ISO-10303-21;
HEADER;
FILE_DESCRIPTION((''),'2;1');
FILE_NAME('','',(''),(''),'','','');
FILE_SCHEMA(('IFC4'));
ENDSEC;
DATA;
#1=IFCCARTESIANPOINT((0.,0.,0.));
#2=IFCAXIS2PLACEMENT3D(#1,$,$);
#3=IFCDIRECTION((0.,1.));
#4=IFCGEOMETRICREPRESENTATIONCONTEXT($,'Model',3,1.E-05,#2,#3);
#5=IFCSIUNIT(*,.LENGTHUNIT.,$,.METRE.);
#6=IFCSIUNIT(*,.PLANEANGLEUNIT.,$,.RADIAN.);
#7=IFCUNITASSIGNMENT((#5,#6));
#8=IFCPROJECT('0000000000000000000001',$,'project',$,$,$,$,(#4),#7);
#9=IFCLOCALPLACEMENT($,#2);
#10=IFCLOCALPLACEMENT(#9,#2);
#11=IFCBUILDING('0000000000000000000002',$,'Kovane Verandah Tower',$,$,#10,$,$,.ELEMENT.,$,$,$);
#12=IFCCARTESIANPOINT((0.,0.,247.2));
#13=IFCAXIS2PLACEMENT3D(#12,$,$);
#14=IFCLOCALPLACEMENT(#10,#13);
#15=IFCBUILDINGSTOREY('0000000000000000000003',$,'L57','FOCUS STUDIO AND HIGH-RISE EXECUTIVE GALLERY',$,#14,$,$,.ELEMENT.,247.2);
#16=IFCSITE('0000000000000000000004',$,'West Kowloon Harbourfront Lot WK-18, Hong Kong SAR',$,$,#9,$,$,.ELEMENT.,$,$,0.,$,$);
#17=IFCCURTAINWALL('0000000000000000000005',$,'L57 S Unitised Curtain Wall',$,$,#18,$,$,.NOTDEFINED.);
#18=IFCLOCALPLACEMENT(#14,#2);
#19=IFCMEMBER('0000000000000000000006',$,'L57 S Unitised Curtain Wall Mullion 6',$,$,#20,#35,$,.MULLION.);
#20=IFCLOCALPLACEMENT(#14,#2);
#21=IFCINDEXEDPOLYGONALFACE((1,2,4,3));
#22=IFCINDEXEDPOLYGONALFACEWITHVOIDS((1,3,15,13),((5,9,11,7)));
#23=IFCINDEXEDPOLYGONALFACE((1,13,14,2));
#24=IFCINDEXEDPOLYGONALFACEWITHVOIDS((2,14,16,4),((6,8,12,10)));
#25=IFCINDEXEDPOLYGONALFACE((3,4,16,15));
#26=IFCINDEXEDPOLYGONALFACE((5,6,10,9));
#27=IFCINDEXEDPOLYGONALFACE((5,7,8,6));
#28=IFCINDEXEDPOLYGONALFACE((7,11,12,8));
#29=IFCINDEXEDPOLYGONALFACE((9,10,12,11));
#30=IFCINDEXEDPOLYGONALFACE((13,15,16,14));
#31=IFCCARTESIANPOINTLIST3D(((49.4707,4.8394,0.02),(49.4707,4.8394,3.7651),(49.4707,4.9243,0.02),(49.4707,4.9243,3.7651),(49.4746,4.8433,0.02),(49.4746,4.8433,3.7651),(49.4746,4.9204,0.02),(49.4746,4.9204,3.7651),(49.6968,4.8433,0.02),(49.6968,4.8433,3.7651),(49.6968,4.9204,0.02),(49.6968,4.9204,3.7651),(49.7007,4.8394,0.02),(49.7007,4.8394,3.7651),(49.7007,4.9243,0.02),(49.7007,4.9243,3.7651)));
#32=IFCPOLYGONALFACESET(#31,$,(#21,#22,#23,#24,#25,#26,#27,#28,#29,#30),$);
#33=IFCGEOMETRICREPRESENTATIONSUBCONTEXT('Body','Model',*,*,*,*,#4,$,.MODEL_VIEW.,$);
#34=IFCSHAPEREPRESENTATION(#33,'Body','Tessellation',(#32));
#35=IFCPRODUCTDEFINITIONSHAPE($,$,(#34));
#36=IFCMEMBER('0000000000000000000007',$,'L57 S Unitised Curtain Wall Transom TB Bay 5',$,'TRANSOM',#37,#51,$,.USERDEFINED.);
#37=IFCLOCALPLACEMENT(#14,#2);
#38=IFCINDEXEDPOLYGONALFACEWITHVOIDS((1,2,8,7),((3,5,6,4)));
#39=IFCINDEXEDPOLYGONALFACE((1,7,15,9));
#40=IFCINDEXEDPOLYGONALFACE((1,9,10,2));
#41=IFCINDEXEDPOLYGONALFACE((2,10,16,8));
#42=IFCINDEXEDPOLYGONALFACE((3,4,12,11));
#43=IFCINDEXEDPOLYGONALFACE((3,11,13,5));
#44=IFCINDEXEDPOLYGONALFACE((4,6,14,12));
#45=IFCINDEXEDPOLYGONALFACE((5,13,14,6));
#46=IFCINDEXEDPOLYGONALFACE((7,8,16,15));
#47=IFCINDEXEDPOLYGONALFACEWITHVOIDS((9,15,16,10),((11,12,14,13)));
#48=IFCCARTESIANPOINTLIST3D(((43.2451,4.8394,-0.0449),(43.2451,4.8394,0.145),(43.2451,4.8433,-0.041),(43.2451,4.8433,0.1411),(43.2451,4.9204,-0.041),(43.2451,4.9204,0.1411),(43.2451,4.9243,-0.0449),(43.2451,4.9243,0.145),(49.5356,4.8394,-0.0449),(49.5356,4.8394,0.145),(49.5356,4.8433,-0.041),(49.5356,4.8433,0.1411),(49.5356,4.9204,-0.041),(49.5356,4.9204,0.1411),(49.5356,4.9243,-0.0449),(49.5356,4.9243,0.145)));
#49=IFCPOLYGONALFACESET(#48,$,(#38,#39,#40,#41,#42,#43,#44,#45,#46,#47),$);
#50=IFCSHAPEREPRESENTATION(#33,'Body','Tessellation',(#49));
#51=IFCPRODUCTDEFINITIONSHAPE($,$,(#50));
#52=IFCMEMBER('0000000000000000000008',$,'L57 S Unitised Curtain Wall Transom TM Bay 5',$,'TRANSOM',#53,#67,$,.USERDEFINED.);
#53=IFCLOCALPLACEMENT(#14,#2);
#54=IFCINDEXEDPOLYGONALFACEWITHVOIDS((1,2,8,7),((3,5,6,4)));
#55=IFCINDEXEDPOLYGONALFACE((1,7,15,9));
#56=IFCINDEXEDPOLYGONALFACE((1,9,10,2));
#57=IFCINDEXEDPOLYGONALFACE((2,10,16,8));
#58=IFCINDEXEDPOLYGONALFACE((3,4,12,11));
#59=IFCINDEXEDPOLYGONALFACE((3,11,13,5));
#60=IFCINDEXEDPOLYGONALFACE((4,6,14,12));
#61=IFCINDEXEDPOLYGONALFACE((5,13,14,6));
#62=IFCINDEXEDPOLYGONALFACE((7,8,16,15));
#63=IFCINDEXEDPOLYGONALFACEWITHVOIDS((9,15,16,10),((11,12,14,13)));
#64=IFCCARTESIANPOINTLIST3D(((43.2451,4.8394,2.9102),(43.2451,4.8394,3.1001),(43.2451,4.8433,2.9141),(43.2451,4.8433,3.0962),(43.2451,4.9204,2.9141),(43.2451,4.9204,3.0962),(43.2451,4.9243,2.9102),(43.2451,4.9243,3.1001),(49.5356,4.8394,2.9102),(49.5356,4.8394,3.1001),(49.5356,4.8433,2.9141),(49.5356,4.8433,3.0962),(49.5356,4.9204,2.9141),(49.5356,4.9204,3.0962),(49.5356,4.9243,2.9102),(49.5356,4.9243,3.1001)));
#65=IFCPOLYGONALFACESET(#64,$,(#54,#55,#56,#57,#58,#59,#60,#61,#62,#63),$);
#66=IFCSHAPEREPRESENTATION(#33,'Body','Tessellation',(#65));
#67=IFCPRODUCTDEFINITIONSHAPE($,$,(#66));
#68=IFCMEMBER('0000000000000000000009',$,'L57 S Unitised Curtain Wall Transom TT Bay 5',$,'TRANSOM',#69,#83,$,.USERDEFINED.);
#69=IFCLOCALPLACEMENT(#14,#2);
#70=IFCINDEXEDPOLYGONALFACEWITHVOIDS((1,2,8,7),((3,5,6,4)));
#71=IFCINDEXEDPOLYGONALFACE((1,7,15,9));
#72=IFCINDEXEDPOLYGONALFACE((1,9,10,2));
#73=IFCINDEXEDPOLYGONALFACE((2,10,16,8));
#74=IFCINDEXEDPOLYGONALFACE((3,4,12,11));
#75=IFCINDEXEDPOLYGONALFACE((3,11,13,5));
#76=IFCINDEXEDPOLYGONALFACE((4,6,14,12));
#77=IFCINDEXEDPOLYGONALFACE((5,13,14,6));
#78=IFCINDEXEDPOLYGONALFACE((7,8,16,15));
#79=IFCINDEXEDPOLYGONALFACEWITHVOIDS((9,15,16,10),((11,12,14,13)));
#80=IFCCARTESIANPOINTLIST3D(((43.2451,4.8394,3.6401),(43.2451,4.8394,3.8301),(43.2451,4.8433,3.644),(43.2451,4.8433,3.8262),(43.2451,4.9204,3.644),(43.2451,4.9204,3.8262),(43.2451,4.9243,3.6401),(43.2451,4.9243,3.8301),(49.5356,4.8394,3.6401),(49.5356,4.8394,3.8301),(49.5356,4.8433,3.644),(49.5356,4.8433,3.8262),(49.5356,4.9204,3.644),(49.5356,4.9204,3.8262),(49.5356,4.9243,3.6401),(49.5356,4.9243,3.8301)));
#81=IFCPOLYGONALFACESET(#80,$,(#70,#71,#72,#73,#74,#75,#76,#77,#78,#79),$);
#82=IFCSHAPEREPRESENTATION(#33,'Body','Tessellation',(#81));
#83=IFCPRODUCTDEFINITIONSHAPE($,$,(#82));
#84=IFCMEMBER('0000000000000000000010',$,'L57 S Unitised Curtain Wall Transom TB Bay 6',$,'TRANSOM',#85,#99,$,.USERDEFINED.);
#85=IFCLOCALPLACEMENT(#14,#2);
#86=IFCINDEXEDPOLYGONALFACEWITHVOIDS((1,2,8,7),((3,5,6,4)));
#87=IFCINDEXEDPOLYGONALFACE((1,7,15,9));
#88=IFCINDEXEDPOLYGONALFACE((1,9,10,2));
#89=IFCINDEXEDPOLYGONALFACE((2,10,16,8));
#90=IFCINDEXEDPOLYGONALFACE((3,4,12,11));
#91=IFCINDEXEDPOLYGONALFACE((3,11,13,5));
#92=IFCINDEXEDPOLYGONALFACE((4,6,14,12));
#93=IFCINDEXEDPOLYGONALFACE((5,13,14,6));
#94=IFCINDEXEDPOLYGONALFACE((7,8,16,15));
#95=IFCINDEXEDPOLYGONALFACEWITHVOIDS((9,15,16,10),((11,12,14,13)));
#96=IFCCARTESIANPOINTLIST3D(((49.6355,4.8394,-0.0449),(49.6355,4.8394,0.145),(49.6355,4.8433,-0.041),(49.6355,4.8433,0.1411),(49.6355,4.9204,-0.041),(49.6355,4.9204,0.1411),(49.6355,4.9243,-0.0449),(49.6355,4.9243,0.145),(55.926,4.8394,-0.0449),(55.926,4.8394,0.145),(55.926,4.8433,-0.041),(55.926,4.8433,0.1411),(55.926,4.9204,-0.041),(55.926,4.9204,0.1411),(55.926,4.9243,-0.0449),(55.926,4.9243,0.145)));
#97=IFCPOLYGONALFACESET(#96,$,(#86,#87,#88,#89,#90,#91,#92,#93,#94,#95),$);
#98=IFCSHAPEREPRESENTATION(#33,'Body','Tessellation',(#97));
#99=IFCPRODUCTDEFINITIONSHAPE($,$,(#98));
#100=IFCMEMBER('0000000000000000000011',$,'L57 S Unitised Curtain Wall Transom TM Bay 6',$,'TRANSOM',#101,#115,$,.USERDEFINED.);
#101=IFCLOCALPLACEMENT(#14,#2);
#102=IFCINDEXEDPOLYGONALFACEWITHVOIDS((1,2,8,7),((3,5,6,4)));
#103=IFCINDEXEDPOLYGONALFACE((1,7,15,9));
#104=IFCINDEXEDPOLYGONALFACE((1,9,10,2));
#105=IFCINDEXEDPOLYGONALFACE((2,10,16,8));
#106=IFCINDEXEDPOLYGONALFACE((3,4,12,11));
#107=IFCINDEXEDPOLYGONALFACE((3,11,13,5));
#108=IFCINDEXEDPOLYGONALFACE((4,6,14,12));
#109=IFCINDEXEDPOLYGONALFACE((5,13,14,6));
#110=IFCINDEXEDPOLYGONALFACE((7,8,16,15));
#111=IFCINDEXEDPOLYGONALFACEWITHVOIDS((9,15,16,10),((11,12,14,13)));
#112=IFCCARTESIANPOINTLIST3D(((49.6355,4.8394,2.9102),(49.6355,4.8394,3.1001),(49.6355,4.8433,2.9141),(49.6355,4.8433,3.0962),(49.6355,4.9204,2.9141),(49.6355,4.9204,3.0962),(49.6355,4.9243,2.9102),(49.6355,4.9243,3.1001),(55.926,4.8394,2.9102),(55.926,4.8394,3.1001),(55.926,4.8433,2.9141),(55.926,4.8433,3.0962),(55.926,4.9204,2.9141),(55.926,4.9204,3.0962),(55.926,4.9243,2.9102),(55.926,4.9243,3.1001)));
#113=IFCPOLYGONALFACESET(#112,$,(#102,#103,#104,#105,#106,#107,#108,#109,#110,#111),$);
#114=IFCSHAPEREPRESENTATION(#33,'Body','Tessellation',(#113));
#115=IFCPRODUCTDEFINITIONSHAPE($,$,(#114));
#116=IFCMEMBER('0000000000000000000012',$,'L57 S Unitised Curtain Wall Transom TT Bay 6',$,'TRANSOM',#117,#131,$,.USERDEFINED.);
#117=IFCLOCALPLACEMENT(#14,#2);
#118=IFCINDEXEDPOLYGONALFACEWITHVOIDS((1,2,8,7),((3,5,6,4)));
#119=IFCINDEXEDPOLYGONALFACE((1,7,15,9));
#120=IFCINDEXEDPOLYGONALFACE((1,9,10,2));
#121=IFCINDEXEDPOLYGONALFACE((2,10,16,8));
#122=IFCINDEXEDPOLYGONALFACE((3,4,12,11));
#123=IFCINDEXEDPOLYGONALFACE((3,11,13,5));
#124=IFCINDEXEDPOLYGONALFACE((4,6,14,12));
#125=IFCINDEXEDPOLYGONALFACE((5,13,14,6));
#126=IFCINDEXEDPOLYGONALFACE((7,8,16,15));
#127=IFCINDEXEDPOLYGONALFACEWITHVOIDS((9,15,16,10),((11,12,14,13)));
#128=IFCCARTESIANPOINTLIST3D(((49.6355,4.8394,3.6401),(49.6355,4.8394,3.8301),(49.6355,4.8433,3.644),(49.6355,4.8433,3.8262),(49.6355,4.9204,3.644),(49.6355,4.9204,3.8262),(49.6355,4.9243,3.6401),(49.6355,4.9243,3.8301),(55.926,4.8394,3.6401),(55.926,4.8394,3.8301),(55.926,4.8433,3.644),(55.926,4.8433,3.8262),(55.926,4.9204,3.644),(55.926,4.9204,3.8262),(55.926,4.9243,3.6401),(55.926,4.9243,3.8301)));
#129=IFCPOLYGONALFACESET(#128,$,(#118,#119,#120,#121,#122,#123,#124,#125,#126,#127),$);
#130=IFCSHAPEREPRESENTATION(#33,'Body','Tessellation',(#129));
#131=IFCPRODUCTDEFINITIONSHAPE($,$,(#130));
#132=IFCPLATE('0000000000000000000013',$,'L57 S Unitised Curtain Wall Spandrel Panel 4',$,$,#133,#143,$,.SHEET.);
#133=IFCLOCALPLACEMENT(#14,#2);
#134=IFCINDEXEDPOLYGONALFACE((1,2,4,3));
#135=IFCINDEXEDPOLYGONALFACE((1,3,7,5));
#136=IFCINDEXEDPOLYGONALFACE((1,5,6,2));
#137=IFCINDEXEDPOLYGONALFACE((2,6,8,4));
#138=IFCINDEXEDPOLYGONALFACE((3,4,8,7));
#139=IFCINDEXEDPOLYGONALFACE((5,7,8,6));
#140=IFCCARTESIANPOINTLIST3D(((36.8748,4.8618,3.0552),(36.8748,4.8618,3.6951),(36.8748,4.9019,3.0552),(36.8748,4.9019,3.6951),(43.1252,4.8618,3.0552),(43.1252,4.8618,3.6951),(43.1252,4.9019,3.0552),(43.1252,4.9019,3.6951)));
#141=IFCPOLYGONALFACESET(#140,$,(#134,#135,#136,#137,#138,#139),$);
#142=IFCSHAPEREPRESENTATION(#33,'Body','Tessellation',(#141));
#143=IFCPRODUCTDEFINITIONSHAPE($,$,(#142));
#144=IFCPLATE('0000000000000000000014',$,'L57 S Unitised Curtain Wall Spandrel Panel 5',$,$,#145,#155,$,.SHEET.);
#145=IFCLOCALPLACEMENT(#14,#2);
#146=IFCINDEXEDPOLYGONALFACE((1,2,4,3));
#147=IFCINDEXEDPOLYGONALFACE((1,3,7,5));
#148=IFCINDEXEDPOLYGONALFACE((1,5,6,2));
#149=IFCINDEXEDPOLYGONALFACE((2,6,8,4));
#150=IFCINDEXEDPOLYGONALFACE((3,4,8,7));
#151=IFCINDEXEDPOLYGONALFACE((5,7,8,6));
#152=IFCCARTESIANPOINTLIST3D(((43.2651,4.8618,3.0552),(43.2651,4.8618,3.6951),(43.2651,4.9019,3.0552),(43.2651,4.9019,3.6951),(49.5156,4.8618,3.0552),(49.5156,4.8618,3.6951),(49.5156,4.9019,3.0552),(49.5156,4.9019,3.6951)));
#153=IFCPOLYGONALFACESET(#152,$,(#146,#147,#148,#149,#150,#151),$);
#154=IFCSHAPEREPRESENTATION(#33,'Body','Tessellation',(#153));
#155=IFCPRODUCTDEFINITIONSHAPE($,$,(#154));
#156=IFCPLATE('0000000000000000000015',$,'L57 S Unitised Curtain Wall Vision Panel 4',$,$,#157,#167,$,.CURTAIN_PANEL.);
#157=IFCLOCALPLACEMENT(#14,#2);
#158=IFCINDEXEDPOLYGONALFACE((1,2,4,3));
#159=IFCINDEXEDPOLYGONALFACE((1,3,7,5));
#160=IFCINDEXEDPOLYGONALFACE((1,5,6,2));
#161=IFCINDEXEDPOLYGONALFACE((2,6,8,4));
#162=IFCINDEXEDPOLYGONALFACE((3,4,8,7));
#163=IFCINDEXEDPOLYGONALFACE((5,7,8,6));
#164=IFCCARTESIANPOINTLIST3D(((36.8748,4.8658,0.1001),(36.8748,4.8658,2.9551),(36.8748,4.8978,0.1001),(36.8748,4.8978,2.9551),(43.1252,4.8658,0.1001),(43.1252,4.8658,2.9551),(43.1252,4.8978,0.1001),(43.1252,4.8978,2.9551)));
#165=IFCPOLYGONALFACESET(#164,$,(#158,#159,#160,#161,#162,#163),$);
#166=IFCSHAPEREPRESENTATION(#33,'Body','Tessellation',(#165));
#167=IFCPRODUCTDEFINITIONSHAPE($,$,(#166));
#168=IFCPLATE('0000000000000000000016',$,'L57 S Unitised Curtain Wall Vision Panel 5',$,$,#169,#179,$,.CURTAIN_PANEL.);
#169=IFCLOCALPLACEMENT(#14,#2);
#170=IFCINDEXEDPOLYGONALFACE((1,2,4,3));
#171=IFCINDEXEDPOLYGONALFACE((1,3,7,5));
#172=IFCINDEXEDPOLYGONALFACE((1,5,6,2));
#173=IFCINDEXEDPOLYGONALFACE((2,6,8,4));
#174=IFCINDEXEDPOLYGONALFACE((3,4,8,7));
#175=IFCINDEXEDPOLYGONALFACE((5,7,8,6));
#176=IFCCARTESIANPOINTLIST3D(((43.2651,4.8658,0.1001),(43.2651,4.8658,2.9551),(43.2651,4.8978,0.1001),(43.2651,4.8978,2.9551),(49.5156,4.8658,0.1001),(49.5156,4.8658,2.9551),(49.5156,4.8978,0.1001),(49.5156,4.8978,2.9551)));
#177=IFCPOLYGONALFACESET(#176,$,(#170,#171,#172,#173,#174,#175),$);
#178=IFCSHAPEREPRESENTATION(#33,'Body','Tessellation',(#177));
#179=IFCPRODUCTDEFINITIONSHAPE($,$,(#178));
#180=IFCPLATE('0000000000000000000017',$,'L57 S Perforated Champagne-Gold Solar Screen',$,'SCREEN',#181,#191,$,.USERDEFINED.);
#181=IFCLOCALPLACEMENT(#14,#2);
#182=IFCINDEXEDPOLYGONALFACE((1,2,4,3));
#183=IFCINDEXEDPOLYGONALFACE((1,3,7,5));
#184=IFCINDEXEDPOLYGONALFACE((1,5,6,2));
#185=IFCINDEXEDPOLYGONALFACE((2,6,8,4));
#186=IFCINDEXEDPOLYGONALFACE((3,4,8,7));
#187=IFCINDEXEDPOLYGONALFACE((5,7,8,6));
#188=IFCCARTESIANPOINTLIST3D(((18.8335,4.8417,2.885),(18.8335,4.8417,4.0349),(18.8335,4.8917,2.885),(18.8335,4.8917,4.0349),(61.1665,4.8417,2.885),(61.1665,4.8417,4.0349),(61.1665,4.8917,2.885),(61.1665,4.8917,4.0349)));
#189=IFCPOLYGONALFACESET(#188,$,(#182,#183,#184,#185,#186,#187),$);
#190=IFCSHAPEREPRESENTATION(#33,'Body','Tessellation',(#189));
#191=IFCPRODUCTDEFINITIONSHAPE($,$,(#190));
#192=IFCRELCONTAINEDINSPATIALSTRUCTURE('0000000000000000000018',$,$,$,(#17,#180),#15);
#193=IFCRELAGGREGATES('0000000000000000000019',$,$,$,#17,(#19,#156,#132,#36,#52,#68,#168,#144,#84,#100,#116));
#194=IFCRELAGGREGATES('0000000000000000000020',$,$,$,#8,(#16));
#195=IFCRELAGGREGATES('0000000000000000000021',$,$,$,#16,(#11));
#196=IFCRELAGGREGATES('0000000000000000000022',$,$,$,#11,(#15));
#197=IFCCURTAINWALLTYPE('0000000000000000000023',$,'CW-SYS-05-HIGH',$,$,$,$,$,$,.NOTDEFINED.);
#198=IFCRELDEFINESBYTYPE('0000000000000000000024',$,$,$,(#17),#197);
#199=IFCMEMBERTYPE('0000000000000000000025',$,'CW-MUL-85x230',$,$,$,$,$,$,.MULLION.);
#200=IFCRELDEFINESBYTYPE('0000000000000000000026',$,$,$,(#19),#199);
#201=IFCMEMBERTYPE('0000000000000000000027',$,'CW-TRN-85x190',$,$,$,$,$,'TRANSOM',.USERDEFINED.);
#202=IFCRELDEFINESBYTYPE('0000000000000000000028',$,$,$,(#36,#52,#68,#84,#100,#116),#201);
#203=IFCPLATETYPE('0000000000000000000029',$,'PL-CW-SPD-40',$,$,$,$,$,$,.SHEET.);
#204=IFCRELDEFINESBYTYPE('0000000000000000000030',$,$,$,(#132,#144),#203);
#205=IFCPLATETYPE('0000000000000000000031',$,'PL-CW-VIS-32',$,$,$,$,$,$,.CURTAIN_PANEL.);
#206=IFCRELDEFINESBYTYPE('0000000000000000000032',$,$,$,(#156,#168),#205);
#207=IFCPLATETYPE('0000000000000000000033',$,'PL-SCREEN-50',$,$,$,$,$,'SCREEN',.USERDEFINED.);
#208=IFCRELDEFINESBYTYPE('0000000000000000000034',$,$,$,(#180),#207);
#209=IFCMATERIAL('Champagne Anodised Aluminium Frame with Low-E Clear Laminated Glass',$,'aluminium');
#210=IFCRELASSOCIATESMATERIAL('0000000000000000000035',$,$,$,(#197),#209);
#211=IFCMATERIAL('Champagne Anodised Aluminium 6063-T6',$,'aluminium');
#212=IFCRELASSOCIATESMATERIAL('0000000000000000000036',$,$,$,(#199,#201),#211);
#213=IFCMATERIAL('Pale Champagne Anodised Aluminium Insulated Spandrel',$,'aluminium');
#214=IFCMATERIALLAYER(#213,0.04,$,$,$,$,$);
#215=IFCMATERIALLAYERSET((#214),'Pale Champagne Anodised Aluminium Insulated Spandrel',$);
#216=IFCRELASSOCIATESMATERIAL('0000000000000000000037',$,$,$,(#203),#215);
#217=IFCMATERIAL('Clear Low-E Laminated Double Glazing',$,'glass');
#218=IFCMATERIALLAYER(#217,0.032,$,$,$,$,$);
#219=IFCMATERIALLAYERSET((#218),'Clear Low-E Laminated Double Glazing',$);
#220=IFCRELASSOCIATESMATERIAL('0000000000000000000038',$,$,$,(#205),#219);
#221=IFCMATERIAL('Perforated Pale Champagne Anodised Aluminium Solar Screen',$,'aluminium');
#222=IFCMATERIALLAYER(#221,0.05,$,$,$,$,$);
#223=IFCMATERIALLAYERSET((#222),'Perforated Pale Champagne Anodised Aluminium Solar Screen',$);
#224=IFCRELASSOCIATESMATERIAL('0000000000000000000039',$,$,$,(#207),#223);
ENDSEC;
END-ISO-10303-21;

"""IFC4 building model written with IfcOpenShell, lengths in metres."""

from ifc_helpers import new_model, si_unit, direction, frame, origin, origin_2d, place, context, subcontext, project, spatial, rectangle, hollow_rectangle, extrude, material, layer, layer_set, material_profile, profile_set, type_object, element, aggregate, save


model = new_model("IFC4")

# Units and contexts
model_context = context("Model", 3, precision=1e-05, world=origin(), true_north=direction((0.0, 1.0)))
body_context = subcontext(model_context, "Body", "Model", "MODEL_VIEW")
ifc_project = project(units=[si_unit("LENGTHUNIT", "METRE"), si_unit("PLANEANGLEUNIT", "RADIAN")], contexts=[model_context])

# Site, building, storey
site_placement = place(None, origin())
site = spatial("IfcSite", under=ifc_project, at=site_placement, Name="West Kowloon Harbourfront Lot WK-18, Hong Kong SAR", CompositionType="ELEMENT", RefElevation=0.0)
building_placement = place(site_placement, origin())
building = spatial("IfcBuilding", under=site, at=building_placement, Name="Kovane Verandah Tower", CompositionType="ELEMENT")
storey_placement = place(building_placement, frame((0.0, 0.0, 247.2)))
storey = spatial("IfcBuildingStorey", under=building, at=storey_placement, Name="L57", Description="FOCUS STUDIO AND HIGH-RISE EXECUTIVE GALLERY", CompositionType="ELEMENT", Elevation=247.2)

# Curtain wall, members, plates
ifc_material_1 = material(Name="Champagne Anodised Aluminium Frame with Low-E Clear Laminated Glass", Category="aluminium")
curtain_wall_type = type_object("IfcCurtainWallType", Name="CW-SYS-05-HIGH", PredefinedType="NOTDEFINED", material=ifc_material_1)
curtain_wall_placement = place(storey_placement, origin())
curtain_wall = element("IfcCurtainWall", 1, at=curtain_wall_placement, inside=storey, type_object=curtain_wall_type, Name="L57 S Unitised Curtain Wall", PredefinedType="NOTDEFINED")
ifc_material_2 = material(Name="Champagne Anodised Aluminium 6063-T6", Category="aluminium")
ifc_material_profile_1 = material_profile(ifc_material_2, hollow_rectangle(XDim=0.085, YDim=0.23, WallThickness=0.0039, at=origin_2d()), Name="AL85x230x4")
ifc_profile_set_1 = profile_set([ifc_material_profile_1], Name="Champagne Anodised Aluminium 6063-T6")
member_type_1 = type_object("IfcMemberType", Name="CW-MUL-85x230", PredefinedType="MULLION", material=ifc_profile_set_1)
member_1_placement = place(storey_placement, frame((49.5857, 4.8818, 0.02), z_axis=(0.0, 0.0, 1.0), x_axis=(0.0, -1.0, 0.0)))
member_1 = element("IfcMember", 2, at=member_1_placement, type_object=member_type_1, Name="L57 S Unitised Curtain Wall Mullion 6", PredefinedType="MULLION", context=body_context, shape_type="SweptSolid", body=[
    extrude(hollow_rectangle(XDim=0.085, YDim=0.23, WallThickness=0.0039, at=origin_2d()), origin(), (0.0, 0.0, 1.0), 3.7451),
])
ifc_material_profile_2 = material_profile(ifc_material_2, hollow_rectangle(XDim=0.085, YDim=0.1899, WallThickness=0.0039, at=origin_2d()), Name="AL85x190x4")
ifc_profile_set_2 = profile_set([ifc_material_profile_2], Name="Champagne Anodised Aluminium 6063-T6")
member_type_2 = type_object("IfcMemberType", Name="CW-TRN-85x190", ElementType="TRANSOM", PredefinedType="USERDEFINED", material=ifc_profile_set_2)
member_2_placement = place(storey_placement, frame((43.2451, 4.8818, 0.05), z_axis=(1.0, 0.0, 0.0), x_axis=(0.0, 1.0, 0.0)))
member_2 = element("IfcMember", 3, at=member_2_placement, type_object=member_type_2, Name="L57 S Unitised Curtain Wall Transom TB Bay 5", ObjectType="TRANSOM", PredefinedType="USERDEFINED", context=body_context, shape_type="SweptSolid", body=[
    extrude(hollow_rectangle(XDim=0.085, YDim=0.1899, WallThickness=0.0039, at=origin_2d()), origin(), (0.0, 0.0, 1.0), 6.2905),
])
member_3_placement = place(storey_placement, frame((43.2451, 4.8818, 3.0051), z_axis=(1.0, 0.0, 0.0), x_axis=(0.0, 1.0, 0.0)))
member_3 = element("IfcMember", 4, at=member_3_placement, type_object=member_type_2, Name="L57 S Unitised Curtain Wall Transom TM Bay 5", ObjectType="TRANSOM", PredefinedType="USERDEFINED", context=body_context, shape_type="SweptSolid", body=[
    extrude(hollow_rectangle(XDim=0.085, YDim=0.1899, WallThickness=0.0039, at=origin_2d()), origin(), (0.0, 0.0, 1.0), 6.2905),
])
member_4_placement = place(storey_placement, frame((43.2451, 4.8818, 3.7351), z_axis=(1.0, 0.0, 0.0), x_axis=(0.0, 1.0, 0.0)))
member_4 = element("IfcMember", 5, at=member_4_placement, type_object=member_type_2, Name="L57 S Unitised Curtain Wall Transom TT Bay 5", ObjectType="TRANSOM", PredefinedType="USERDEFINED", context=body_context, shape_type="SweptSolid", body=[
    extrude(hollow_rectangle(XDim=0.085, YDim=0.1899, WallThickness=0.0039, at=origin_2d()), origin(), (0.0, 0.0, 1.0), 6.2905),
])
member_5_placement = place(storey_placement, frame((49.6355, 4.8818, 0.05), z_axis=(1.0, 0.0, 0.0), x_axis=(0.0, 1.0, 0.0)))
member_5 = element("IfcMember", 6, at=member_5_placement, type_object=member_type_2, Name="L57 S Unitised Curtain Wall Transom TB Bay 6", ObjectType="TRANSOM", PredefinedType="USERDEFINED", context=body_context, shape_type="SweptSolid", body=[
    extrude(hollow_rectangle(XDim=0.085, YDim=0.1899, WallThickness=0.0039, at=origin_2d()), origin(), (0.0, 0.0, 1.0), 6.2905),
])
member_6_placement = place(storey_placement, frame((49.6355, 4.8818, 3.0051), z_axis=(1.0, 0.0, 0.0), x_axis=(0.0, 1.0, 0.0)))
member_6 = element("IfcMember", 7, at=member_6_placement, type_object=member_type_2, Name="L57 S Unitised Curtain Wall Transom TM Bay 6", ObjectType="TRANSOM", PredefinedType="USERDEFINED", context=body_context, shape_type="SweptSolid", body=[
    extrude(hollow_rectangle(XDim=0.085, YDim=0.1899, WallThickness=0.0039, at=origin_2d()), origin(), (0.0, 0.0, 1.0), 6.2905),
])
member_7_placement = place(storey_placement, frame((49.6355, 4.8818, 3.7351), z_axis=(1.0, 0.0, 0.0), x_axis=(0.0, 1.0, 0.0)))
member_7 = element("IfcMember", 8, at=member_7_placement, type_object=member_type_2, Name="L57 S Unitised Curtain Wall Transom TT Bay 6", ObjectType="TRANSOM", PredefinedType="USERDEFINED", context=body_context, shape_type="SweptSolid", body=[
    extrude(hollow_rectangle(XDim=0.085, YDim=0.1899, WallThickness=0.0039, at=origin_2d()), origin(), (0.0, 0.0, 1.0), 6.2905),
])
ifc_material_3 = material(Name="Pale Champagne Anodised Aluminium Insulated Spandrel", Category="aluminium")
ifc_layer_1 = layer(ifc_material_3, 0.04)
ifc_layer_set_1 = layer_set([ifc_layer_1], Name="Pale Champagne Anodised Aluminium Insulated Spandrel")
plate_type_1 = type_object("IfcPlateType", Name="PL-CW-SPD-40", PredefinedType="SHEET", material=ifc_layer_set_1)
plate_1_placement = place(storey_placement, frame((40.0, 4.8818, 3.0552), z_axis=(0.0, 0.0, 1.0), x_axis=(1.0, 0.0, 0.0)))
plate_1 = element("IfcPlate", 9, at=plate_1_placement, type_object=plate_type_1, Name="L57 S Unitised Curtain Wall Spandrel Panel 4", PredefinedType="SHEET", context=body_context, shape_type="SweptSolid", body=[
    extrude(rectangle(XDim=6.2505, YDim=0.04, at=origin_2d()), origin(), (0.0, 0.0, 1.0), 0.6399),
])
plate_2_placement = place(storey_placement, frame((46.3904, 4.8818, 3.0552), z_axis=(0.0, 0.0, 1.0), x_axis=(1.0, 0.0, 0.0)))
plate_2 = element("IfcPlate", 10, at=plate_2_placement, type_object=plate_type_1, Name="L57 S Unitised Curtain Wall Spandrel Panel 5", PredefinedType="SHEET", context=body_context, shape_type="SweptSolid", body=[
    extrude(rectangle(XDim=6.2505, YDim=0.04, at=origin_2d()), origin(), (0.0, 0.0, 1.0), 0.6399),
])
ifc_material_4 = material(Name="Clear Low-E Laminated Double Glazing", Category="glass")
ifc_layer_2 = layer(ifc_material_4, 0.032)
ifc_layer_set_2 = layer_set([ifc_layer_2], Name="Clear Low-E Laminated Double Glazing")
plate_type_2 = type_object("IfcPlateType", Name="PL-CW-VIS-32", PredefinedType="CURTAIN_PANEL", material=ifc_layer_set_2)
plate_3_placement = place(storey_placement, frame((40.0, 4.8818, 0.1001), z_axis=(0.0, 0.0, 1.0), x_axis=(1.0, 0.0, 0.0)))
plate_3 = element("IfcPlate", 11, at=plate_3_placement, type_object=plate_type_2, Name="L57 S Unitised Curtain Wall Vision Panel 4", PredefinedType="CURTAIN_PANEL", context=body_context, shape_type="SweptSolid", body=[
    extrude(rectangle(XDim=6.2505, YDim=0.032, at=origin_2d()), origin(), (0.0, 0.0, 1.0), 2.855),
])
plate_4_placement = place(storey_placement, frame((46.3904, 4.8818, 0.1001), z_axis=(0.0, 0.0, 1.0), x_axis=(1.0, 0.0, 0.0)))
plate_4 = element("IfcPlate", 12, at=plate_4_placement, type_object=plate_type_2, Name="L57 S Unitised Curtain Wall Vision Panel 5", PredefinedType="CURTAIN_PANEL", context=body_context, shape_type="SweptSolid", body=[
    extrude(rectangle(XDim=6.2505, YDim=0.032, at=origin_2d()), origin(), (0.0, 0.0, 1.0), 2.855),
])
aggregate(curtain_wall, [member_1, plate_3, plate_1, member_2, member_3, member_4, plate_4, plate_2, member_5, member_6, member_7])

# Plate
ifc_material_5 = material(Name="Perforated Pale Champagne Anodised Aluminium Solar Screen", Category="aluminium")
ifc_layer_3 = layer(ifc_material_5, 0.05)
ifc_layer_set_3 = layer_set([ifc_layer_3], Name="Perforated Pale Champagne Anodised Aluminium Solar Screen")
plate_type_3 = type_object("IfcPlateType", Name="PL-SCREEN-50", ElementType="SCREEN", PredefinedType="USERDEFINED", material=ifc_layer_set_3)
plate_5_placement = place(storey_placement, frame((40.0, 4.8667, 2.885), z_axis=(0.0, 0.0, 1.0), x_axis=(1.0, 0.0, 0.0)))
element("IfcPlate", 13, at=plate_5_placement, inside=storey, type_object=plate_type_3, Name="L57 S Perforated Champagne-Gold Solar Screen", ObjectType="SCREEN", PredefinedType="USERDEFINED", context=body_context, shape_type="SweptSolid", body=[
    extrude(rectangle(XDim=42.333, YDim=0.05, at=origin_2d()), origin(), (0.0, 0.0, 1.0), 1.1499),
])

save(model, "model.ifc")
